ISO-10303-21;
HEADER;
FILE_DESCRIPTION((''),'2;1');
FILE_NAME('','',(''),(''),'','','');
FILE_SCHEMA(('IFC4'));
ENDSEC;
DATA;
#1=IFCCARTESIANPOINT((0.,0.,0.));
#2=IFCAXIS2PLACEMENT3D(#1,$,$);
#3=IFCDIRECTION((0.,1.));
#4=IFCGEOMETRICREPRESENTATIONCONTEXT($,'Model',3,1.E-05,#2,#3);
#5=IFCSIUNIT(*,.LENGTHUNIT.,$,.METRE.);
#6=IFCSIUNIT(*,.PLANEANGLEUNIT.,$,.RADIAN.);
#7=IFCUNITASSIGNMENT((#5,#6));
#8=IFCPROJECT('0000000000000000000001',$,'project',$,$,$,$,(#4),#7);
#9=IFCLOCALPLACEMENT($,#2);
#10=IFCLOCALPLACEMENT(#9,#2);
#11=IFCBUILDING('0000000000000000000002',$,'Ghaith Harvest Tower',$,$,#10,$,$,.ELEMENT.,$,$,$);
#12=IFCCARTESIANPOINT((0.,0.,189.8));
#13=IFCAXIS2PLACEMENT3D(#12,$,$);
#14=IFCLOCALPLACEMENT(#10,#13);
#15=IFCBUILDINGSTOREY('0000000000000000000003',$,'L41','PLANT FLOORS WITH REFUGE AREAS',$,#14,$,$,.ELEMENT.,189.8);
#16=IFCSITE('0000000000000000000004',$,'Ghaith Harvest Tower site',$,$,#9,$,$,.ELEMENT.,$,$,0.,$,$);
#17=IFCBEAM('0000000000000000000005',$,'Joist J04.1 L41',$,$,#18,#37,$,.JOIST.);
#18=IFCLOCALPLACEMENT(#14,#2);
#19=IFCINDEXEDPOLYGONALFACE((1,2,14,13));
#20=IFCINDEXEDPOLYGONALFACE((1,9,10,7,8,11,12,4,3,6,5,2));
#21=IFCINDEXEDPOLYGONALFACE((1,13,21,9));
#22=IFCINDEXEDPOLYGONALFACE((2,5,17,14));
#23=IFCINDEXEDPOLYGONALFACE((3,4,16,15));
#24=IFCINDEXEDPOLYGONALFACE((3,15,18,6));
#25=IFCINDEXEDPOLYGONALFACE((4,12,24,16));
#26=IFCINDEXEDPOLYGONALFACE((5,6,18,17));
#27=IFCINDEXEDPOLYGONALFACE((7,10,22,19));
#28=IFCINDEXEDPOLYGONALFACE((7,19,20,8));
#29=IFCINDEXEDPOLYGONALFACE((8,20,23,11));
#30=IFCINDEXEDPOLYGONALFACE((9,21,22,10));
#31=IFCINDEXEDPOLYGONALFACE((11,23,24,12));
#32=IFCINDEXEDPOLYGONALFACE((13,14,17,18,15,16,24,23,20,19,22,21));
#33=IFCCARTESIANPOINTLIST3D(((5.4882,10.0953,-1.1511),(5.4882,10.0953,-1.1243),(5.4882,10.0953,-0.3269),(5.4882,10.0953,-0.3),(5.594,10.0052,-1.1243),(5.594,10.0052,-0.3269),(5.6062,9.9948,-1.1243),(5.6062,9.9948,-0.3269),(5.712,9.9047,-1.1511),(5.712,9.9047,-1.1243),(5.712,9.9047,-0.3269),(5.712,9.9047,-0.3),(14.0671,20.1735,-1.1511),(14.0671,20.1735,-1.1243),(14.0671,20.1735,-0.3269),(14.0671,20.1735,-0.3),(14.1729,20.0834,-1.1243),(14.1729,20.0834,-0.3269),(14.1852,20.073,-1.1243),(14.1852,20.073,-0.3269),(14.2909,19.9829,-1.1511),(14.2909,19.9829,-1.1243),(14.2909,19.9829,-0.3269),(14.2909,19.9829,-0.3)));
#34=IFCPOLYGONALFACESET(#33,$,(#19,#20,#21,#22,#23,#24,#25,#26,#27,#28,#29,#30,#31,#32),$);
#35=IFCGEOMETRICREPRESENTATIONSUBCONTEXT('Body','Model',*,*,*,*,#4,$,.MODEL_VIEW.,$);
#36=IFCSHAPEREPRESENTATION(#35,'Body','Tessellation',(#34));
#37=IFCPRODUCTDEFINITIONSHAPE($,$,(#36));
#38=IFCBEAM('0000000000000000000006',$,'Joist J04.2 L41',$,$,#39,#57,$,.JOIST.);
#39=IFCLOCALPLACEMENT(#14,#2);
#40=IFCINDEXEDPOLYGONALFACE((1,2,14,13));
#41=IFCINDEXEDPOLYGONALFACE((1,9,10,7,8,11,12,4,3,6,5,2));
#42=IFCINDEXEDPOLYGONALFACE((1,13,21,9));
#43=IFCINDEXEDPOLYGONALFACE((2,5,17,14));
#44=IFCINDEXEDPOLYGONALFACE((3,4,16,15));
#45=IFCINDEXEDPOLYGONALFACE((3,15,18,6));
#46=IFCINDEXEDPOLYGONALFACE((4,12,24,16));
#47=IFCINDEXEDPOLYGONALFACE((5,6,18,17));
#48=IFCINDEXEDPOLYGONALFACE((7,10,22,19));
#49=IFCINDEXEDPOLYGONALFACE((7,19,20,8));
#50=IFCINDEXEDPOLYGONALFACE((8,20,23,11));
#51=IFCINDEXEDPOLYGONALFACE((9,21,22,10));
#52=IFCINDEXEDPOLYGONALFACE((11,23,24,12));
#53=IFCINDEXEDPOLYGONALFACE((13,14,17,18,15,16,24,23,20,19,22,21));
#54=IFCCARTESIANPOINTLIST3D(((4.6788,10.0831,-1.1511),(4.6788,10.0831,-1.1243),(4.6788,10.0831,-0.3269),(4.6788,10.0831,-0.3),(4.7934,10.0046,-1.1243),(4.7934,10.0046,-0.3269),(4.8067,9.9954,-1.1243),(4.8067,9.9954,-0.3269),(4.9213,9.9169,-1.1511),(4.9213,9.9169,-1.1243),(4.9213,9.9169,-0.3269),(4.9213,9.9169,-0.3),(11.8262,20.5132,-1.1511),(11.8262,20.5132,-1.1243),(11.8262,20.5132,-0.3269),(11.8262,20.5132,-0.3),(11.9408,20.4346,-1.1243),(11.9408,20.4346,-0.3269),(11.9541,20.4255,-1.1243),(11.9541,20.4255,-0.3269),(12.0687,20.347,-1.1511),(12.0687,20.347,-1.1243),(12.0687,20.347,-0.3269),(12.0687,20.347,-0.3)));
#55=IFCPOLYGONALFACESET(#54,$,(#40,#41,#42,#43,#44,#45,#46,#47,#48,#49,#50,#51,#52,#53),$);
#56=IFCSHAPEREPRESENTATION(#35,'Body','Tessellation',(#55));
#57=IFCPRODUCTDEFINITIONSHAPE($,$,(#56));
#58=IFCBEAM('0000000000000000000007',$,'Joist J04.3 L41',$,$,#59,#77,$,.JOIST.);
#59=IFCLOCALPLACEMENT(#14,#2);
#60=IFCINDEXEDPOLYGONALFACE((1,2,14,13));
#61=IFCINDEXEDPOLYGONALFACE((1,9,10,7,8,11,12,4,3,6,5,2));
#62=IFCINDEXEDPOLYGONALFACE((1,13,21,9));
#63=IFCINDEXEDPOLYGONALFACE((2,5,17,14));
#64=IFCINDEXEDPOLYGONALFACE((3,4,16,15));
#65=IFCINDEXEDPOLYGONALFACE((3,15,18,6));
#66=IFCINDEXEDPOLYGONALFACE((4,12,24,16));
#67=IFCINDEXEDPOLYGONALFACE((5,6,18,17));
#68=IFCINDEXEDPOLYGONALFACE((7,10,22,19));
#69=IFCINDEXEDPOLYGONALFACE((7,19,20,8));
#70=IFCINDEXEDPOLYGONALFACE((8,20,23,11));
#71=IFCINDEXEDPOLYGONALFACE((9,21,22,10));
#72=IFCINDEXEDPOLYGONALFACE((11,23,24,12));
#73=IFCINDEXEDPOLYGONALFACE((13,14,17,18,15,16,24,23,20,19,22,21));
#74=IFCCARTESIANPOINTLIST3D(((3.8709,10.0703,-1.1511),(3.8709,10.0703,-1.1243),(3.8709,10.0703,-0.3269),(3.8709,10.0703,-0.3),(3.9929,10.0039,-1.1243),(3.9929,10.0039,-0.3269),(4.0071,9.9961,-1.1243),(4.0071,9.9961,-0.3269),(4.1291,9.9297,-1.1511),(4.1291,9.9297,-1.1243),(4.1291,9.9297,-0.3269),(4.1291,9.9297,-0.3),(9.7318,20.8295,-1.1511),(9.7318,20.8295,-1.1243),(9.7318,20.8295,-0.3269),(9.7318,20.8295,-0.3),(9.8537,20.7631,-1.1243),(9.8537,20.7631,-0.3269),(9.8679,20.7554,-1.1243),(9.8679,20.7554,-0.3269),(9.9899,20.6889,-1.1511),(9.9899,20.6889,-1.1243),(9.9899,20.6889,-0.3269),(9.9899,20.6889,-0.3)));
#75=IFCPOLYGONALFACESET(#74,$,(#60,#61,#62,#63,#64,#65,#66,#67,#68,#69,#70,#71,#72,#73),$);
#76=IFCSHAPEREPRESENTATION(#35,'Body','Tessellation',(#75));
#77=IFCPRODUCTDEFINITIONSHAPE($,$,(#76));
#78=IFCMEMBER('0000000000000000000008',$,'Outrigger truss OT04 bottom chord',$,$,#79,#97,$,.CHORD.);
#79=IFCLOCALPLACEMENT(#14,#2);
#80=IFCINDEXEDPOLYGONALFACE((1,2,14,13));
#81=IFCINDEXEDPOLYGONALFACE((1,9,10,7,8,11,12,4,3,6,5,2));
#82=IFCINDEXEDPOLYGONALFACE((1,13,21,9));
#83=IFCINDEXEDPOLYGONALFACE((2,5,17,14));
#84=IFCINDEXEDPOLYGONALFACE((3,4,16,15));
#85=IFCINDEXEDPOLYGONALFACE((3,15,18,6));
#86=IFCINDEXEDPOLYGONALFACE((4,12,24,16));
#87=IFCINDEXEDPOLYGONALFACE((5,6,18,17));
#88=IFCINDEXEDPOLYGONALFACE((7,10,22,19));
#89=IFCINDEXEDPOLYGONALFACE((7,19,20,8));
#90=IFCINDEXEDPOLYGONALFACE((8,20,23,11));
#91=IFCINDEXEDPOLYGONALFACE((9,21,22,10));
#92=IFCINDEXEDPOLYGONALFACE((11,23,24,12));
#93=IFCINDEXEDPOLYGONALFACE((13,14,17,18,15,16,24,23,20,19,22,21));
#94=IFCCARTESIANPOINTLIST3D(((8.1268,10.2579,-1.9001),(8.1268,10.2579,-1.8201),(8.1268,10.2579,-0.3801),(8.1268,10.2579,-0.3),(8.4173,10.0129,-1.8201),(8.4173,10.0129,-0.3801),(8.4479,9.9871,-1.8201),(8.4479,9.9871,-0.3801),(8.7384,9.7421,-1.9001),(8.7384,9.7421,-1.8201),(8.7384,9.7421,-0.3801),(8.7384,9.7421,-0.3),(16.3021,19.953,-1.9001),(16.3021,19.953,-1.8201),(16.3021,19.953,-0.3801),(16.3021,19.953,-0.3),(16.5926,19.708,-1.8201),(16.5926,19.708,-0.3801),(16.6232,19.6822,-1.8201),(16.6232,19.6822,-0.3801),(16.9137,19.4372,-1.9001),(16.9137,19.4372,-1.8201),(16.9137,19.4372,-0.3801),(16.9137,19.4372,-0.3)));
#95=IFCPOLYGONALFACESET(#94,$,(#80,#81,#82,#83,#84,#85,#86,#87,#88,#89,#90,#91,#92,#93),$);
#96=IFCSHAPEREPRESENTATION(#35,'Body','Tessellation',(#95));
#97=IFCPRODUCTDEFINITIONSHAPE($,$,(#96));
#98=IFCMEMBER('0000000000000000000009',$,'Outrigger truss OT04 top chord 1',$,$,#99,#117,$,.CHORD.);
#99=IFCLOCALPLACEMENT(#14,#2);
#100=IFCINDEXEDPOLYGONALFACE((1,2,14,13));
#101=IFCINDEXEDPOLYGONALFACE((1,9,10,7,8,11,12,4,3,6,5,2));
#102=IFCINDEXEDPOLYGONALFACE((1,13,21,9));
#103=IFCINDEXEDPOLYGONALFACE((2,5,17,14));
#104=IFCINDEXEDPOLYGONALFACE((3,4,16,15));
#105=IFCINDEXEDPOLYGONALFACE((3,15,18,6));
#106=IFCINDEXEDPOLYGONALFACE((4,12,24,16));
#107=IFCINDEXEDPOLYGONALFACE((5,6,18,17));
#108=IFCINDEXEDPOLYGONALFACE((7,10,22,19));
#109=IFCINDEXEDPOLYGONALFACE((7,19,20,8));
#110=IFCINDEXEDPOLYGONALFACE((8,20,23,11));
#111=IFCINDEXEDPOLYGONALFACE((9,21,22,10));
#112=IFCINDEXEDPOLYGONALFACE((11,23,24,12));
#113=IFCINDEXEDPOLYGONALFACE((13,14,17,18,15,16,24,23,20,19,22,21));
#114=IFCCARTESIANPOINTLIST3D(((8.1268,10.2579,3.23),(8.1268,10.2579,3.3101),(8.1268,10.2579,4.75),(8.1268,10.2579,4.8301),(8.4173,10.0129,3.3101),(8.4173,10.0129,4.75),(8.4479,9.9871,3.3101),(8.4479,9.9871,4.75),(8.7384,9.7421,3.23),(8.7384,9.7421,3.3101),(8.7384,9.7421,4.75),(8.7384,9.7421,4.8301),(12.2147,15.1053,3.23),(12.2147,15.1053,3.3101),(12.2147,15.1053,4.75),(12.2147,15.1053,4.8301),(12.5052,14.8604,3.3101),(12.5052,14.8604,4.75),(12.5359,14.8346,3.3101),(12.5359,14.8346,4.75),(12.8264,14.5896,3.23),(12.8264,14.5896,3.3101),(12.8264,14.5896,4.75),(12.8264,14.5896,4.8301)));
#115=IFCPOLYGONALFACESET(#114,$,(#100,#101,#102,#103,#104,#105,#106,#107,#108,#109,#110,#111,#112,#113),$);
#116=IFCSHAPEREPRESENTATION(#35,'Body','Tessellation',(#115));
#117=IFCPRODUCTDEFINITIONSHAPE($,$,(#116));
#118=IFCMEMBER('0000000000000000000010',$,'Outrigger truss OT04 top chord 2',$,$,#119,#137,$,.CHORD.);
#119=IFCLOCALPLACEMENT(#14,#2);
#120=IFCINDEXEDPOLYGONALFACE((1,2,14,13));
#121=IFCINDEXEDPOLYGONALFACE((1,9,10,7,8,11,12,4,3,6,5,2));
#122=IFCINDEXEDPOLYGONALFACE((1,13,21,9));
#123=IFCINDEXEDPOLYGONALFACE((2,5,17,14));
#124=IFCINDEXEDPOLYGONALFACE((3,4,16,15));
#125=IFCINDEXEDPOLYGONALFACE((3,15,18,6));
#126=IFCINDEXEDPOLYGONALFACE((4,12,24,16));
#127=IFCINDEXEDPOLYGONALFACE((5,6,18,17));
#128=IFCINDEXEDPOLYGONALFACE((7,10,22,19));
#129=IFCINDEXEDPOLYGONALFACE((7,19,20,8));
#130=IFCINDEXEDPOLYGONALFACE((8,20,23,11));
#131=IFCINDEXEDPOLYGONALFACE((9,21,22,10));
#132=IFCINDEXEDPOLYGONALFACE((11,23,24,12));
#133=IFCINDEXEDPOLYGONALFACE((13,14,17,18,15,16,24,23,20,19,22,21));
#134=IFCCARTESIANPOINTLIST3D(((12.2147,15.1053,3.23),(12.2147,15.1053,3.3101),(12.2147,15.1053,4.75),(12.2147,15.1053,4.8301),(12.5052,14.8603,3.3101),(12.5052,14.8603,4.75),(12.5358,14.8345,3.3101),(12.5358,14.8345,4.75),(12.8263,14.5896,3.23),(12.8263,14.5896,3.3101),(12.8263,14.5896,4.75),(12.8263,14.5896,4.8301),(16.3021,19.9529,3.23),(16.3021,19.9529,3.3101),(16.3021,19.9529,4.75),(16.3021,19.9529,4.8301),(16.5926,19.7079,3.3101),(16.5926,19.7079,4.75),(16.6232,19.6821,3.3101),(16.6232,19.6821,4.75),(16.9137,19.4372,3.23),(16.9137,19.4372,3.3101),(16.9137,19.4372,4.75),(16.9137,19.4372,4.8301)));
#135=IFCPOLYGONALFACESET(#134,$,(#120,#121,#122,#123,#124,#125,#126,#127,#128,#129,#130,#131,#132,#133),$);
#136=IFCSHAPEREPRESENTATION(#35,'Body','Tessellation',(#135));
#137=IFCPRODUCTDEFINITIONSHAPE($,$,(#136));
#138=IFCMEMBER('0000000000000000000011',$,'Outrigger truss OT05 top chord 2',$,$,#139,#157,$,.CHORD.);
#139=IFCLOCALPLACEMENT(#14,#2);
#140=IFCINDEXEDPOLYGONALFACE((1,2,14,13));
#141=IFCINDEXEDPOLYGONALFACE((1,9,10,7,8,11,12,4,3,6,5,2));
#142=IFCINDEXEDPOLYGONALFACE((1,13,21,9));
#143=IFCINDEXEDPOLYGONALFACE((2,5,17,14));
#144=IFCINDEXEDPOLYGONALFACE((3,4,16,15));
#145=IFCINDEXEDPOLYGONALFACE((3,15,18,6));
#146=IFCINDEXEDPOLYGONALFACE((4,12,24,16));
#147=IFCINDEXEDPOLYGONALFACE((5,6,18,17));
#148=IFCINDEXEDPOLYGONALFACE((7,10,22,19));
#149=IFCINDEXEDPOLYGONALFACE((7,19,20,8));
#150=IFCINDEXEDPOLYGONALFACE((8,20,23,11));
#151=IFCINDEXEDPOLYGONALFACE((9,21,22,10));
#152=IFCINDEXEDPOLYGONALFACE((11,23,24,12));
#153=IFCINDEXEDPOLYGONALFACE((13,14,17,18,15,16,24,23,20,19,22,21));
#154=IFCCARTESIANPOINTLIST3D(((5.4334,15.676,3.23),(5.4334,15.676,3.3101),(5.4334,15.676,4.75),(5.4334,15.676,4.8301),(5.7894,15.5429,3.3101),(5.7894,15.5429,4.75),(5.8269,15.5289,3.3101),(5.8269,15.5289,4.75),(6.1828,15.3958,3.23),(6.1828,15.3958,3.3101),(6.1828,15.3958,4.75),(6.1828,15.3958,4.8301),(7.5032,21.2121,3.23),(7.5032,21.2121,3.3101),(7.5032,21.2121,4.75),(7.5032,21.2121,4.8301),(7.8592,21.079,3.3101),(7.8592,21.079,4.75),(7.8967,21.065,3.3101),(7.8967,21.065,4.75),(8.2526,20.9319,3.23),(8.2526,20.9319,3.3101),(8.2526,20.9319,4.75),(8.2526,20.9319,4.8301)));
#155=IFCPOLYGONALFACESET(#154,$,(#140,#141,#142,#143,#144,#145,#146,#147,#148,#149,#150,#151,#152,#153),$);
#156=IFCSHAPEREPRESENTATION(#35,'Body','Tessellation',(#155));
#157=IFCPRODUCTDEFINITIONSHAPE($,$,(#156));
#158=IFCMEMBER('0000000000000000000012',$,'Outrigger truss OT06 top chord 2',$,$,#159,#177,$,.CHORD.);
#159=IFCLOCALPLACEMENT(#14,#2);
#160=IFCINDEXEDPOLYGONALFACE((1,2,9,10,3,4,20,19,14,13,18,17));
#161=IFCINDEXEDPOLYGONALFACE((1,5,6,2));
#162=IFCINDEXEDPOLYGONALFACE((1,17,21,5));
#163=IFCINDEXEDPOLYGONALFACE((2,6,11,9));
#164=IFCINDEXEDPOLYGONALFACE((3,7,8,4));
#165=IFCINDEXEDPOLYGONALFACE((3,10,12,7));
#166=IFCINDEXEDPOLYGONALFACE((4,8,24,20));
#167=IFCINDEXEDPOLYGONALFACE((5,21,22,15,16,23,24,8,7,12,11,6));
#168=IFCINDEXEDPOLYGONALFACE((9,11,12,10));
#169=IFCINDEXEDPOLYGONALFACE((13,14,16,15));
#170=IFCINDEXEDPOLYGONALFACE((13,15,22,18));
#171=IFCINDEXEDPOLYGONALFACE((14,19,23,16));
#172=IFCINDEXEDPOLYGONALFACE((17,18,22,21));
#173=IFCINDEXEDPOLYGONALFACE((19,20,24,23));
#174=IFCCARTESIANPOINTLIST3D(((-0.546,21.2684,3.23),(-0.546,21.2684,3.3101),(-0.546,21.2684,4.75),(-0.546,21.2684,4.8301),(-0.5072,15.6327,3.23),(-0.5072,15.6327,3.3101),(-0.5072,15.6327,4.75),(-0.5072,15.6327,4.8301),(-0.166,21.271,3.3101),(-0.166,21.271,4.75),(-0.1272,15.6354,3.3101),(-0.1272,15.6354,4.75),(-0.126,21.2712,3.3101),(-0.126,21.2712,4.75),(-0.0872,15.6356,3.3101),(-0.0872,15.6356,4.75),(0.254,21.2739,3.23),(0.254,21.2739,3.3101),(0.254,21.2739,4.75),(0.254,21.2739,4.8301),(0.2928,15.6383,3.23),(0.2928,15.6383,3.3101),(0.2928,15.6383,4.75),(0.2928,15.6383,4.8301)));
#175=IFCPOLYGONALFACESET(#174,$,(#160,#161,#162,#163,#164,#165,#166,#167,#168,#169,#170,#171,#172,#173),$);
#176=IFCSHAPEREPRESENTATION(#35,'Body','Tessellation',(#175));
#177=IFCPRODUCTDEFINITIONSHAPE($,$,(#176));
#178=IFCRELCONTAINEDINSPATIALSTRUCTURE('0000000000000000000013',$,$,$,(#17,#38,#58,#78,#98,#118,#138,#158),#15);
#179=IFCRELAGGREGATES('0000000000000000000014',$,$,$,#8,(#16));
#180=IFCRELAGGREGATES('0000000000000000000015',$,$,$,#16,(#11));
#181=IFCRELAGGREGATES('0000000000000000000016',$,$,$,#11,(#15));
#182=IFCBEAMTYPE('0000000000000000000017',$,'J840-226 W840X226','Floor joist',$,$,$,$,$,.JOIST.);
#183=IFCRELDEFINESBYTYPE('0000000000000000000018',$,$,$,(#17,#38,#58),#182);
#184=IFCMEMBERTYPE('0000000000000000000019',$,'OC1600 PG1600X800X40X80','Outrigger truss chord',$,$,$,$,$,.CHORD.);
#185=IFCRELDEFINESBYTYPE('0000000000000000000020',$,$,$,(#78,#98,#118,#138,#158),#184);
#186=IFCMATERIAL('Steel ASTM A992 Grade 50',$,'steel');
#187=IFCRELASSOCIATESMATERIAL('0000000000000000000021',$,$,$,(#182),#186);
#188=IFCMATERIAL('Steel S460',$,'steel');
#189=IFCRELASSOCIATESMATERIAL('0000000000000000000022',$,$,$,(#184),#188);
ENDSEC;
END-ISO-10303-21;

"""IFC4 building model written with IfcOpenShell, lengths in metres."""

from ifc_helpers import new_model, si_unit, direction, frame, origin, origin_2d, place, context, subcontext, project, spatial, i_section, extrude, material, material_profile, profile_set, type_object, element, save


model = new_model("IFC4")

# Units and contexts
model_context = context("Model", 3, precision=1e-05, world=origin(), true_north=direction((0.0, 1.0)))
body_context = subcontext(model_context, "Body", "Model", "MODEL_VIEW")
ifc_project = project(units=[si_unit("LENGTHUNIT", "METRE"), si_unit("PLANEANGLEUNIT", "RADIAN")], contexts=[model_context])

# Site, building, storey
site_placement = place(None, origin())
site = spatial("IfcSite", under=ifc_project, at=site_placement, Name="Ghaith Harvest Tower site", CompositionType="ELEMENT", RefElevation=0.0)
building_placement = place(site_placement, origin())
building = spatial("IfcBuilding", under=site, at=building_placement, Name="Ghaith Harvest Tower", CompositionType="ELEMENT")
storey_placement = place(building_placement, frame((0.0, 0.0, 189.8)))
storey = spatial("IfcBuildingStorey", under=building, at=storey_placement, Name="L41", Description="PLANT FLOORS WITH REFUGE AREAS", CompositionType="ELEMENT", Elevation=189.8)

# Beams
ifc_material_1 = material(Name="Steel ASTM A992 Grade 50", Category="steel")
ifc_material_profile_1 = material_profile(ifc_material_1, i_section(OverallWidth=0.2939, OverallDepth=0.8511, WebThickness=0.0161, FlangeThickness=0.0269, at=origin_2d()), Name="W840X226")
ifc_profile_set_1 = profile_set([ifc_material_profile_1], Name="Steel ASTM A992 Grade 50")
beam_type_1 = type_object("IfcBeamType", Name="J840-226 W840X226", Description="Floor joist", PredefinedType="JOIST", material=ifc_profile_set_1)
beam_1_placement = place(storey_placement, frame((5.6001, 10.0, -0.7256), z_axis=(0.648194, 0.761475, 0.0), x_axis=(-0.761475, 0.648194, 0.0)))
element("IfcBeam", 1, at=beam_1_placement, inside=storey, type_object=beam_type_1, Name="Joist J04.1 L41", PredefinedType="JOIST", context=body_context, shape_type="SweptSolid", body=[
    extrude(i_section(OverallWidth=0.2939, OverallDepth=0.8511, WebThickness=0.0161, FlangeThickness=0.0269, at=origin_2d()), origin(), (0.0, 0.0, 1.0), 13.2351),
])
beam_2_placement = place(storey_placement, frame((4.8, 10.0, -0.7256), z_axis=(0.565278, 0.824901, 0.0), x_axis=(-0.824901, 0.565278, 0.0)))
element("IfcBeam", 2, at=beam_2_placement, inside=storey, type_object=beam_type_1, Name="Joist J04.2 L41", PredefinedType="JOIST", context=body_context, shape_type="SweptSolid", body=[
    extrude(i_section(OverallWidth=0.2939, OverallDepth=0.8511, WebThickness=0.0161, FlangeThickness=0.0269, at=origin_2d()), origin(), (0.0, 0.0, 1.0), 12.644),
])
beam_3_placement = place(storey_placement, frame((4.0, 10.0, -0.7256), z_axis=(0.478358, 0.878165, 0.0), x_axis=(-0.878165, 0.478358, 0.0)))
element("IfcBeam", 3, at=beam_3_placement, inside=storey, type_object=beam_type_1, Name="Joist J04.3 L41", PredefinedType="JOIST", context=body_context, shape_type="SweptSolid", body=[
    extrude(i_section(OverallWidth=0.2939, OverallDepth=0.8511, WebThickness=0.0161, FlangeThickness=0.0269, at=origin_2d()), origin(), (0.0, 0.0, 1.0), 12.252),
])

# Members
ifc_material_2 = material(Name="Steel S460", Category="steel")
ifc_material_profile_2 = material_profile(ifc_material_2, i_section(OverallWidth=0.8, OverallDepth=1.6001, WebThickness=0.04, FlangeThickness=0.0801, at=origin_2d()), Name="PG1600X800X40X80")
ifc_profile_set_2 = profile_set([ifc_material_profile_2], Name="Steel S460")
member_type_1 = type_object("IfcMemberType", Name="OC1600 PG1600X800X40X80", Description="Outrigger truss chord", PredefinedType="CHORD", material=ifc_profile_set_2)
member_1_placement = place(storey_placement, frame((8.4326, 10.0, -1.1001), z_axis=(0.644644, 0.764483, 0.0), x_axis=(-0.764483, 0.644644, 0.0)))
element("IfcMember", 4, at=member_1_placement, inside=storey, type_object=member_type_1, Name="Outrigger truss OT04 bottom chord", PredefinedType="CHORD", context=body_context, shape_type="SweptSolid", body=[
    extrude(i_section(OverallWidth=0.8, OverallDepth=1.6001, WebThickness=0.04, FlangeThickness=0.0801, at=origin_2d()), origin(), (0.0, 0.0, 1.0), 12.6819),
])
member_2_placement = place(storey_placement, frame((8.4326, 10.0, 4.03), z_axis=(0.644676, 0.764456, 0.0), x_axis=(-0.764456, 0.644676, 0.0)))
element("IfcMember", 5, at=member_2_placement, inside=storey, type_object=member_type_1, Name="Outrigger truss OT04 top chord 1", PredefinedType="CHORD", context=body_context, shape_type="SweptSolid", body=[
    extrude(i_section(OverallWidth=0.8, OverallDepth=1.6001, WebThickness=0.04, FlangeThickness=0.0801, at=origin_2d()), origin(), (0.0, 0.0, 1.0), 6.3411),
])
member_3_placement = place(storey_placement, frame((12.5205, 14.8474, 4.03), z_axis=(0.644612, 0.76451, 0.0), x_axis=(-0.76451, 0.644612, 0.0)))
element("IfcMember", 6, at=member_3_placement, inside=storey, type_object=member_type_1, Name="Outrigger truss OT04 top chord 2", PredefinedType="CHORD", context=body_context, shape_type="SweptSolid", body=[
    extrude(i_section(OverallWidth=0.8, OverallDepth=1.6001, WebThickness=0.04, FlangeThickness=0.0801, at=origin_2d()), origin(), (0.0, 0.0, 1.0), 6.3408),
])
member_4_placement = place(storey_placement, frame((5.8081, 15.5359, 4.03), z_axis=(0.3502, 0.936675, 0.0), x_axis=(-0.936675, 0.3502, 0.0)))
element("IfcMember", 7, at=member_4_placement, inside=storey, type_object=member_type_1, Name="Outrigger truss OT05 top chord 2", PredefinedType="CHORD", context=body_context, shape_type="SweptSolid", body=[
    extrude(i_section(OverallWidth=0.8, OverallDepth=1.6001, WebThickness=0.04, FlangeThickness=0.0801, at=origin_2d()), origin(), (0.0, 0.0, 1.0), 5.9104),
])
member_5_placement = place(storey_placement, frame((-0.1072, 15.6355, 4.03), z_axis=(-0.006888, 0.999976, 0.0), x_axis=(-0.999976, -0.006888, 0.0)))
element("IfcMember", 8, at=member_5_placement, inside=storey, type_object=member_type_1, Name="Outrigger truss OT06 top chord 2", PredefinedType="CHORD", context=body_context, shape_type="SweptSolid", body=[
    extrude(i_section(OverallWidth=0.8, OverallDepth=1.6001, WebThickness=0.04, FlangeThickness=0.0801, at=origin_2d()), origin(), (0.0, 0.0, 1.0), 5.6357),
])

save(model, "model.ifc")
